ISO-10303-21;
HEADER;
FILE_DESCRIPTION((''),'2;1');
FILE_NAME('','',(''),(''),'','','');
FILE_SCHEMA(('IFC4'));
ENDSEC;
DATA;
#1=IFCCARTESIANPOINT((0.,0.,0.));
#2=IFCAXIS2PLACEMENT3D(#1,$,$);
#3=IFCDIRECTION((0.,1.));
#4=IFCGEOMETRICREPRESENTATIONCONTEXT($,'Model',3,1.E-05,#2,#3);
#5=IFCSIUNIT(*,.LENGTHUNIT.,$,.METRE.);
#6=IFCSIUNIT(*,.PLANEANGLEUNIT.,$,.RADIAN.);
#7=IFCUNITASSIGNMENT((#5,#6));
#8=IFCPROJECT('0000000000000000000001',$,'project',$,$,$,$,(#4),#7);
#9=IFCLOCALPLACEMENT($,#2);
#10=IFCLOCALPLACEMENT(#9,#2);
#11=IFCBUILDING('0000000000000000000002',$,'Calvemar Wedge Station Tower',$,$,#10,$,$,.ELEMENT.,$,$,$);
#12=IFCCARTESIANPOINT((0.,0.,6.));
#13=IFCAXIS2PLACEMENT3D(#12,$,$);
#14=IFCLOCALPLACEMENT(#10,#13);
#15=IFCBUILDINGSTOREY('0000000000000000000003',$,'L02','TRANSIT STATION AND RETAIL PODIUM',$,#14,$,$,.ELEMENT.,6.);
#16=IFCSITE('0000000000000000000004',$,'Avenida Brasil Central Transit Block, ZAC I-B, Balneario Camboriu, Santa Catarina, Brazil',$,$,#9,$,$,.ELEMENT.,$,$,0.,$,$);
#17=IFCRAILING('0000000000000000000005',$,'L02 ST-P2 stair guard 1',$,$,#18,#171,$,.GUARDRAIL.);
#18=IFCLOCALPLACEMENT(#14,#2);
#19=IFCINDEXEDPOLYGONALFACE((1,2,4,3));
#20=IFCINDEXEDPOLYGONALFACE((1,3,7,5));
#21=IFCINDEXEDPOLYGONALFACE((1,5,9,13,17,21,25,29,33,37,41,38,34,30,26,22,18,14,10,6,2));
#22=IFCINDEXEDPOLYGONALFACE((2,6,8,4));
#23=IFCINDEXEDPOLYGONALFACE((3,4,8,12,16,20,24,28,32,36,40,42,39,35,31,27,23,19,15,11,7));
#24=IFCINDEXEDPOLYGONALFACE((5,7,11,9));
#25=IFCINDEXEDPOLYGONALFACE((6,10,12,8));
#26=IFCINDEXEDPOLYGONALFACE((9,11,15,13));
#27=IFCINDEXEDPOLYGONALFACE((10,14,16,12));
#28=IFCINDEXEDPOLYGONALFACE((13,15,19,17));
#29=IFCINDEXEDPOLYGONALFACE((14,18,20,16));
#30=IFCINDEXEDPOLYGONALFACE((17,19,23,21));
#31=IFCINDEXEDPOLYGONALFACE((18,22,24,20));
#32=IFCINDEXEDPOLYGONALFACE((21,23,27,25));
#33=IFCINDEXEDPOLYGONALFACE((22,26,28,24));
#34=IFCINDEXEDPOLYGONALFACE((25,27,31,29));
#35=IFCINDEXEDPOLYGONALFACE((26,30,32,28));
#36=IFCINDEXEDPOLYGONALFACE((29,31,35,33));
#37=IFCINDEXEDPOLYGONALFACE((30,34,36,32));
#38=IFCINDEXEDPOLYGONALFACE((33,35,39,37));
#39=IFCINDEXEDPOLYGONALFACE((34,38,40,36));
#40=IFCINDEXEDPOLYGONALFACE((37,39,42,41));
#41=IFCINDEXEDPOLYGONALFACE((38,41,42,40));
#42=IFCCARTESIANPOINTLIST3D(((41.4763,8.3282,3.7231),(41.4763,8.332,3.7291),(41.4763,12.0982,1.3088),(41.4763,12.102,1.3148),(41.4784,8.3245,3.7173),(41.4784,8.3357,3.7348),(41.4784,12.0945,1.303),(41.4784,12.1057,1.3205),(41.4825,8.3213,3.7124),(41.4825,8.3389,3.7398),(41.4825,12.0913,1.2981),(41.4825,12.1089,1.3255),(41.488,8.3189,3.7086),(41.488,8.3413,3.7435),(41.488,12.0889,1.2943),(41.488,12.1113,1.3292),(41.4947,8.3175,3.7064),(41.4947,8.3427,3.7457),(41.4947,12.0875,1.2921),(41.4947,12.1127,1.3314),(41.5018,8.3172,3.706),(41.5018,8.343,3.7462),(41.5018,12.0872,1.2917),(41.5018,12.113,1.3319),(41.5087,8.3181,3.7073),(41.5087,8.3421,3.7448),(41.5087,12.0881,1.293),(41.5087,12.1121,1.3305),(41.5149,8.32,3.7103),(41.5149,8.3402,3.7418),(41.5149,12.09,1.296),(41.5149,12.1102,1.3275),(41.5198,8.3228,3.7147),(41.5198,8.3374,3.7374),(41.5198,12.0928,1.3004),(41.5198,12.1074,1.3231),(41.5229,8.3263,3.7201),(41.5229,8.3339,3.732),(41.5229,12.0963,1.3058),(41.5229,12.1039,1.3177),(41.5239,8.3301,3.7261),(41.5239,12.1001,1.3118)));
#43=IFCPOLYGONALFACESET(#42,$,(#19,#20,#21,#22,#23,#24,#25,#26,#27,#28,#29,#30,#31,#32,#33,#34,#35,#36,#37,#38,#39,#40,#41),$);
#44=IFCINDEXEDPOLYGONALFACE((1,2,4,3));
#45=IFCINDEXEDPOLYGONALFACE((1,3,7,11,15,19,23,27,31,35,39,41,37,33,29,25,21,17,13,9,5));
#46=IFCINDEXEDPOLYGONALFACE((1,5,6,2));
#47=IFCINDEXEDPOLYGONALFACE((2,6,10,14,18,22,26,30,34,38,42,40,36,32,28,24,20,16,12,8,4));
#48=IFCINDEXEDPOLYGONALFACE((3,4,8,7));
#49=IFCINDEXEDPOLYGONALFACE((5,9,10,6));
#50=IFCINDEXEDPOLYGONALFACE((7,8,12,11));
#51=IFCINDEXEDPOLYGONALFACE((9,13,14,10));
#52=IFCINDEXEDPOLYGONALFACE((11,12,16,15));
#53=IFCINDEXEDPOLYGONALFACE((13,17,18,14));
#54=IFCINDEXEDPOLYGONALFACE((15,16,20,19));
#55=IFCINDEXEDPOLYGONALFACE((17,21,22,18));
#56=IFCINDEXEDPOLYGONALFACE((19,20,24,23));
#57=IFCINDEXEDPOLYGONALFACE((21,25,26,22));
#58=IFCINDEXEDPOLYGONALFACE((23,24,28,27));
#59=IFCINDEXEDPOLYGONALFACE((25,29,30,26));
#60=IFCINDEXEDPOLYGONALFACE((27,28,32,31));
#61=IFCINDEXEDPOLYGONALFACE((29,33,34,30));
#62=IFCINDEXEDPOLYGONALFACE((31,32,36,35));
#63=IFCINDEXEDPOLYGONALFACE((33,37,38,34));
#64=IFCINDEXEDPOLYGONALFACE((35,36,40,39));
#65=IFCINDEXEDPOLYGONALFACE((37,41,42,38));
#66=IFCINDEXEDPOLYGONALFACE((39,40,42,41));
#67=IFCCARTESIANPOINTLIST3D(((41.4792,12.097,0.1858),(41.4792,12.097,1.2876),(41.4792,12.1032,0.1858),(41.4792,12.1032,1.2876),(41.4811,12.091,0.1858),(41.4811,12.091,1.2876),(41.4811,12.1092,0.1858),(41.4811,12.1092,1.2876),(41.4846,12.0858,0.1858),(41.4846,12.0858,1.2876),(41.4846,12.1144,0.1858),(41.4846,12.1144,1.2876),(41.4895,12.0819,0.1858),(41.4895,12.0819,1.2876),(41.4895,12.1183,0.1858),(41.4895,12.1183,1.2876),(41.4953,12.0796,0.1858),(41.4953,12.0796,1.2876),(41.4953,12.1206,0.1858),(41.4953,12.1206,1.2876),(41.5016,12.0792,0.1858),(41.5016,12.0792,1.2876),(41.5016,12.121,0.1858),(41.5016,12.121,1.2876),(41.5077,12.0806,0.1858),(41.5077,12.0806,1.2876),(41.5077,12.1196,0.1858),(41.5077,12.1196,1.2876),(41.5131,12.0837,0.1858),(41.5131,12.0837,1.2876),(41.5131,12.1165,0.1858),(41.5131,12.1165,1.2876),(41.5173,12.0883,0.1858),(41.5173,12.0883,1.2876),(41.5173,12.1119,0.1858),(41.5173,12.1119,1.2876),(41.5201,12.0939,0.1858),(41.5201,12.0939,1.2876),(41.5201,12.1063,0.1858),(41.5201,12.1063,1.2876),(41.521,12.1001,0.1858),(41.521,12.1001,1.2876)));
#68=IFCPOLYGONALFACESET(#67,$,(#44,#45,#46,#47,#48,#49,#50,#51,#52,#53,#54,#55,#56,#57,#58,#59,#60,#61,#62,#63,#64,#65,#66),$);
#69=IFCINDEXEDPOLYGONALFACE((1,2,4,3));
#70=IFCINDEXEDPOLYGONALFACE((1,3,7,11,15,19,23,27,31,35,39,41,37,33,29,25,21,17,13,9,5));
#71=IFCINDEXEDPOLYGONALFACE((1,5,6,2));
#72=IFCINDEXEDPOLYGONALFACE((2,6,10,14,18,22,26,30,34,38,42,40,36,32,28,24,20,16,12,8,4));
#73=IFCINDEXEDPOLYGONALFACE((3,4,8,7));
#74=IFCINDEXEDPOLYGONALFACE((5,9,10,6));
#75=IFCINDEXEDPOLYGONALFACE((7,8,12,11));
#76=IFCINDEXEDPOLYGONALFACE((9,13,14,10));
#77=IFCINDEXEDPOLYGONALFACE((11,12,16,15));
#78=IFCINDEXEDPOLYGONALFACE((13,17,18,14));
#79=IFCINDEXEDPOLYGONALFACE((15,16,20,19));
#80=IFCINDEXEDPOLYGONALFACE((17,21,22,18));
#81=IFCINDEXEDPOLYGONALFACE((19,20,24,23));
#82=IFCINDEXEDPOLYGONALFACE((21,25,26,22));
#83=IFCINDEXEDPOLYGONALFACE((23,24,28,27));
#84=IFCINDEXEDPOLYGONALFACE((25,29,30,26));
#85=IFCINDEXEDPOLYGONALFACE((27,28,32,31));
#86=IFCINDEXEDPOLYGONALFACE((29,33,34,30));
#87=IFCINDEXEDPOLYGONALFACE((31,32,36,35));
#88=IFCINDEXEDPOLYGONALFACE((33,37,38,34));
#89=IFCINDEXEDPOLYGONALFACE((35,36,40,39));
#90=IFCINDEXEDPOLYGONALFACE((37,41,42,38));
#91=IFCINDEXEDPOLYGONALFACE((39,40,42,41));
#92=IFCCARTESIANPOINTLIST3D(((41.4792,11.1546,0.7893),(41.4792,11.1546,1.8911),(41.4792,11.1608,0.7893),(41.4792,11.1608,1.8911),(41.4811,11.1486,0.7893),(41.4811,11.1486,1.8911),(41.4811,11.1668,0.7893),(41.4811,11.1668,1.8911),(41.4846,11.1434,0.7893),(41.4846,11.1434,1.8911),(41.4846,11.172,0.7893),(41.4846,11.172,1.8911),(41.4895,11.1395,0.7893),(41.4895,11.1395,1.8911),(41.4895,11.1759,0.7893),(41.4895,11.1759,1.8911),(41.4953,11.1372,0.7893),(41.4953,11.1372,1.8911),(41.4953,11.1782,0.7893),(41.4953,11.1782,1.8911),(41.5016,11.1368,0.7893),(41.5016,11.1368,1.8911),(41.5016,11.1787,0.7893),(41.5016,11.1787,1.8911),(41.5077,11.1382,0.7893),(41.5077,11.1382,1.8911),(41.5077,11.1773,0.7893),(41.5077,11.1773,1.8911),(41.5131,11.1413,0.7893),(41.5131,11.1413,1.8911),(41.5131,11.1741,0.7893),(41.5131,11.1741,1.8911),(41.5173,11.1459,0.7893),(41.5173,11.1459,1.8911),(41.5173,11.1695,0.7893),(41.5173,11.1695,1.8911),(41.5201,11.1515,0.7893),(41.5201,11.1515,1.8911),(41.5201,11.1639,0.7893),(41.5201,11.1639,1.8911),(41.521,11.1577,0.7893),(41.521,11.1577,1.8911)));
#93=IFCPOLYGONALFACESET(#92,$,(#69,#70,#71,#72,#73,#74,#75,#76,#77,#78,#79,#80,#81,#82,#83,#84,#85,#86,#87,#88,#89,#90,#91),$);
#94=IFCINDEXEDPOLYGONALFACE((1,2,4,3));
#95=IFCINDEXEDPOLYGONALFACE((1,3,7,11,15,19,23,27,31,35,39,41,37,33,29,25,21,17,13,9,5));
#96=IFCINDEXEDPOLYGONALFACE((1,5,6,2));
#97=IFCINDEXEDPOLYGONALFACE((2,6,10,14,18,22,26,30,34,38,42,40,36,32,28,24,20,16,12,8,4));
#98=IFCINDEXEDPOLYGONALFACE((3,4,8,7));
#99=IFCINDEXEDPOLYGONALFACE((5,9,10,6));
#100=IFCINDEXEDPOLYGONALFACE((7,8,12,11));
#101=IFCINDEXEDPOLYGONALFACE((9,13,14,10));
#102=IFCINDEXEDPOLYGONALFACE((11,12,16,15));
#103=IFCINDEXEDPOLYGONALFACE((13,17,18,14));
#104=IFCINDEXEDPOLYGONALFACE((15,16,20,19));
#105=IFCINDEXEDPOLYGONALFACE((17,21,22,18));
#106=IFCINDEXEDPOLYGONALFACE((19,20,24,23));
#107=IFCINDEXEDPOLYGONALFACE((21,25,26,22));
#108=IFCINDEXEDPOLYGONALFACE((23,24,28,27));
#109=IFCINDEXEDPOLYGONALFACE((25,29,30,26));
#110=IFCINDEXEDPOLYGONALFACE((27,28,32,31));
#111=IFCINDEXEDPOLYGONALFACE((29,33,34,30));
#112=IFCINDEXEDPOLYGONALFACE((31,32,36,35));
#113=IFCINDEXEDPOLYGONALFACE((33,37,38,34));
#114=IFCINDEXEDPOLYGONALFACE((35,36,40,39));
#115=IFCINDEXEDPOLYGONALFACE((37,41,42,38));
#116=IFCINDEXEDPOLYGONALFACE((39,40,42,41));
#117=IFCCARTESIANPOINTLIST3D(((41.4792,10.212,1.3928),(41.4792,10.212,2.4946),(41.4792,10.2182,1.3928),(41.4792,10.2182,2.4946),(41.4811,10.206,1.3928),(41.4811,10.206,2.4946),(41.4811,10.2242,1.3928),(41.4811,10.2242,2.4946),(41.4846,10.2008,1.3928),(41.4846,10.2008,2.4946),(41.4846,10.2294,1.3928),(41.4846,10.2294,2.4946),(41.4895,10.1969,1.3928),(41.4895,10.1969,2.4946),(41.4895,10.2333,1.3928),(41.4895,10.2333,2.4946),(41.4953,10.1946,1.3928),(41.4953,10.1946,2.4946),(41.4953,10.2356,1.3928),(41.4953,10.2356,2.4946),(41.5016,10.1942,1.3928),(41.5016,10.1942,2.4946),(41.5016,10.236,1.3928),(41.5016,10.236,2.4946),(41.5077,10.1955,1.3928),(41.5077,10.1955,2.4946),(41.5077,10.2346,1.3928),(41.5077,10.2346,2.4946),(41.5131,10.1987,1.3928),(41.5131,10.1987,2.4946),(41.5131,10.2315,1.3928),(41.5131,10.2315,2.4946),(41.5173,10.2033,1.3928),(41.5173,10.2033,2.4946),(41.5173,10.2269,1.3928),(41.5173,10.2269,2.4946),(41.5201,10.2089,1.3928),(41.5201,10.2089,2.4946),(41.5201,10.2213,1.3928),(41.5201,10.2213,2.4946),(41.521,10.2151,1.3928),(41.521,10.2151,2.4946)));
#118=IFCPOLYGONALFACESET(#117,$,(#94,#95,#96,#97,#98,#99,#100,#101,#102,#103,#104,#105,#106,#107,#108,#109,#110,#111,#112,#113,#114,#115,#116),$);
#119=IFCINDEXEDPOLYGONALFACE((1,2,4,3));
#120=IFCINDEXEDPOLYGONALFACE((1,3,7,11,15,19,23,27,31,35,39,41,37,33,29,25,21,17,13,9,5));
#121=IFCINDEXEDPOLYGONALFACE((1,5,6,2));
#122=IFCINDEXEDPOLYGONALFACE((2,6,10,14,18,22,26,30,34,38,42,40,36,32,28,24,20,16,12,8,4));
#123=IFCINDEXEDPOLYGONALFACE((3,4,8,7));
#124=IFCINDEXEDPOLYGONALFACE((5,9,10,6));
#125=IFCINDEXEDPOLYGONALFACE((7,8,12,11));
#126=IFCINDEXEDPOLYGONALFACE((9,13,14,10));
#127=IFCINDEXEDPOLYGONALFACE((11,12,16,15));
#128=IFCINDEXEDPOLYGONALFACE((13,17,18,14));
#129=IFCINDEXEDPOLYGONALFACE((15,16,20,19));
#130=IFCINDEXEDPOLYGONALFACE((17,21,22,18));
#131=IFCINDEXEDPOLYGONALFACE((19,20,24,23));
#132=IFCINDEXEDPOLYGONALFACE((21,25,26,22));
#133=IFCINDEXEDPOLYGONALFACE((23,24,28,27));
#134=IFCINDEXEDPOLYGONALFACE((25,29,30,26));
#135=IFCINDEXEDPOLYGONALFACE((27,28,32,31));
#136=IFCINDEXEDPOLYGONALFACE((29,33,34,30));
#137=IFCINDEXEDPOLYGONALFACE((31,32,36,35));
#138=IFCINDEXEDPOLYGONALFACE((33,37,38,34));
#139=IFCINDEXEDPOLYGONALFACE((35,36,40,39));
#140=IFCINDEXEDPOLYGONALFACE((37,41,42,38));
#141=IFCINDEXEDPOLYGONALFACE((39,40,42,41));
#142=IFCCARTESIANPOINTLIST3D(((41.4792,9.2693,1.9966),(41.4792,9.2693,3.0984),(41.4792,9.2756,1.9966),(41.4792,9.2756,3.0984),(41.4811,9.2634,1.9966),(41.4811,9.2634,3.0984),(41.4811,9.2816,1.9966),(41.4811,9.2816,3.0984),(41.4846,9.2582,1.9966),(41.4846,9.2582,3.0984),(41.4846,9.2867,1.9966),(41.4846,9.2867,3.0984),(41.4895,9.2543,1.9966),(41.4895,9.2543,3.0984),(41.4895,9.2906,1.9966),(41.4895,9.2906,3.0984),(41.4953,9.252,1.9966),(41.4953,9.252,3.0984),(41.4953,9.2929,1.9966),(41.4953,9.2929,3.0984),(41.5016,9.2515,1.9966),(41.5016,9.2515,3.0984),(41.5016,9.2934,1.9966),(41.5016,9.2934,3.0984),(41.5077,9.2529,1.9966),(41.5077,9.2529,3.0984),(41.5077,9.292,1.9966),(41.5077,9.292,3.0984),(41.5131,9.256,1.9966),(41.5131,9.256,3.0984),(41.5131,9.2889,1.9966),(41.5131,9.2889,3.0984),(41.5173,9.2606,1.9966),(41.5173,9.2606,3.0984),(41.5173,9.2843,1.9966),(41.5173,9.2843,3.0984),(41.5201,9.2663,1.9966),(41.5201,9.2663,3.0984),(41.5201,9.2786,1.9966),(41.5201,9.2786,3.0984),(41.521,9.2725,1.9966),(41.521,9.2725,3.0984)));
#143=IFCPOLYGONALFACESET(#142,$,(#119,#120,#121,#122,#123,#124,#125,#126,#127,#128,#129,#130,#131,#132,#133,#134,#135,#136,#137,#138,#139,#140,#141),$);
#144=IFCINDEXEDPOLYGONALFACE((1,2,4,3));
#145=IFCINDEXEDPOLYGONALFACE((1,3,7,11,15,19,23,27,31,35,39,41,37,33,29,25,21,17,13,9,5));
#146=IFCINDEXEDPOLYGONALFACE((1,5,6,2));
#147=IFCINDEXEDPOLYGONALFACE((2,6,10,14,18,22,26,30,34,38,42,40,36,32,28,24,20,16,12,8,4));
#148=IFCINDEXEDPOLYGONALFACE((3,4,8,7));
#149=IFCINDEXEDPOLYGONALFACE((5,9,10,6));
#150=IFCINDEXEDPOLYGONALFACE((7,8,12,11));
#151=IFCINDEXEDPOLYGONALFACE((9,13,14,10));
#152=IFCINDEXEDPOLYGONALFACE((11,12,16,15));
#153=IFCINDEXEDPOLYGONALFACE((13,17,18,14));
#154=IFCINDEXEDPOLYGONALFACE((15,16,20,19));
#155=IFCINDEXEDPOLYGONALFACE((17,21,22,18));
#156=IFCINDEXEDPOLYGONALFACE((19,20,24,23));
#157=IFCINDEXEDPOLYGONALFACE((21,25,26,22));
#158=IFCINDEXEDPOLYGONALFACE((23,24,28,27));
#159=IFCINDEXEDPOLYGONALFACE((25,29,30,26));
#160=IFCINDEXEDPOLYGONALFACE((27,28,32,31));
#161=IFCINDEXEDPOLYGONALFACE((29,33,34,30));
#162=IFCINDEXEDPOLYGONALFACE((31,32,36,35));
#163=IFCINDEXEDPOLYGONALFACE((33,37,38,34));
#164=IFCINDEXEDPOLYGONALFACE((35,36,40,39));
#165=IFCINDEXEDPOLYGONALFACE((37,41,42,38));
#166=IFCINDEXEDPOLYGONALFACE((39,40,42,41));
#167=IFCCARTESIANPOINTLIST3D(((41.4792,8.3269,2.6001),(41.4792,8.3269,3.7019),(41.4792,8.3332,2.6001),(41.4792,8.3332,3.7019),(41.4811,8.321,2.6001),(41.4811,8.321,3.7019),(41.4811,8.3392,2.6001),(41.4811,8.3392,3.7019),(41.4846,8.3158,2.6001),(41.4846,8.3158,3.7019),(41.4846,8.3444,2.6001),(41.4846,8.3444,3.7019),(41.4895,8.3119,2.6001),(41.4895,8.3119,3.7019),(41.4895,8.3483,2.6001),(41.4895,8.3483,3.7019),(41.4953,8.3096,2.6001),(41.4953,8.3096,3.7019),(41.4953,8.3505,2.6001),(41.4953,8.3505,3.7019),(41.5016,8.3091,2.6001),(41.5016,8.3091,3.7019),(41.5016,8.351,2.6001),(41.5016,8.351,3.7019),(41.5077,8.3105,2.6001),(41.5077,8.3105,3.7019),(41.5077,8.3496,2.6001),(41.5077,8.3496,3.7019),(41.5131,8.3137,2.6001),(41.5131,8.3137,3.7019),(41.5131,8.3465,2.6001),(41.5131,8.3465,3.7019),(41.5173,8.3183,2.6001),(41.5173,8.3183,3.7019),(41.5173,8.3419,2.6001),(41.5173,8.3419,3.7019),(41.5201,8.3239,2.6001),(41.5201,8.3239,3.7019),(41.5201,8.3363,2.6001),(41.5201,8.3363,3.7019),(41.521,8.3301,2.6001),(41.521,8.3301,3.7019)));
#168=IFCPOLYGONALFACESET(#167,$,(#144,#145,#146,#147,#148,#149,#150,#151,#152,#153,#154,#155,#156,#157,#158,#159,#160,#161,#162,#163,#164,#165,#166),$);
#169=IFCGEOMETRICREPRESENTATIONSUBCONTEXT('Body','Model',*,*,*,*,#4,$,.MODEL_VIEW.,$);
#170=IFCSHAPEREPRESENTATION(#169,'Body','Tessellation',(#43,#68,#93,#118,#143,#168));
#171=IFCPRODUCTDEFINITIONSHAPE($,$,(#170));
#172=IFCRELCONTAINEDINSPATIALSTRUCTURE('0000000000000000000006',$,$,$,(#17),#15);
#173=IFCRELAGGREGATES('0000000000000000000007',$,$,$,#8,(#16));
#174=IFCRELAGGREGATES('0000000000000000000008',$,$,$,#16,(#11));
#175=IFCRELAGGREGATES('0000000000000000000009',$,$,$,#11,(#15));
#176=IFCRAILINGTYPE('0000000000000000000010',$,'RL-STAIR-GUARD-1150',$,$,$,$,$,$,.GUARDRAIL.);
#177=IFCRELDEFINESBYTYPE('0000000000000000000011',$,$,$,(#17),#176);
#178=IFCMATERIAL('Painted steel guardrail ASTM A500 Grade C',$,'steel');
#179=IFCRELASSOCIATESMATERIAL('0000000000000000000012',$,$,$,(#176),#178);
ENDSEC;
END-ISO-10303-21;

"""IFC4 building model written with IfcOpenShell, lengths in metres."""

from ifc_helpers import new_model, si_unit, direction, frame, origin, origin_2d, place, context, subcontext, project, spatial, circle, extrude, material, type_object, element, save


model = new_model("IFC4")

# Units and contexts
model_context = context("Model", 3, precision=1e-05, world=origin(), true_north=direction((0.0, 1.0)))
body_context = subcontext(model_context, "Body", "Model", "MODEL_VIEW")
ifc_project = project(units=[si_unit("LENGTHUNIT", "METRE"), si_unit("PLANEANGLEUNIT", "RADIAN")], contexts=[model_context])

# Site, building, storey
site_placement = place(None, origin())
site = spatial("IfcSite", under=ifc_project, at=site_placement, Name="Avenida Brasil Central Transit Block, ZAC I-B, Balneario Camboriu, Santa Catarina, Brazil", CompositionType="ELEMENT", RefElevation=0.0)
building_placement = place(site_placement, origin())
building = spatial("IfcBuilding", under=site, at=building_placement, Name="Calvemar Wedge Station Tower", CompositionType="ELEMENT")
storey_placement = place(building_placement, frame((0.0, 0.0, 6.0)))
storey = spatial("IfcBuildingStorey", under=building, at=storey_placement, Name="L02", Description="TRANSIT STATION AND RETAIL PODIUM", CompositionType="ELEMENT", Elevation=6.0)

# Railing
ifc_material_1 = material(Name="Painted steel guardrail ASTM A500 Grade C", Category="steel")
railing_type_1 = type_object("IfcRailingType", Name="RL-STAIR-GUARD-1150", PredefinedType="GUARDRAIL", material=ifc_material_1)
railing_1_placement = place(storey_placement, frame((41.5, 12.1001, 0.1858)))
element("IfcRailing", 1, at=railing_1_placement, inside=storey, type_object=railing_type_1, Name="L02 ST-P2 stair guard 1", PredefinedType="GUARDRAIL", context=body_context, shape_type="SweptSolid", body=[
    extrude(circle(Radius=0.0239, at=origin_2d()), frame((0.0, 0.0, 1.126), z_axis=(0.0, -0.84212, 0.53929), x_axis=(1.0, 0.0, 0.0)), (0.0, 0.0, 1.0), 4.4768),
    extrude(circle(Radius=0.021, at=origin_2d()), origin(), (0.0, 0.0, 1.0), 1.1018),
    extrude(circle(Radius=0.021, at=origin_2d()), frame((0.0, -0.9424, 0.6035)), (0.0, 0.0, 1.0), 1.1018),
    extrude(circle(Radius=0.021, at=origin_2d()), frame((0.0, -1.885, 1.207)), (0.0, 0.0, 1.0), 1.1018),
    extrude(circle(Radius=0.021, at=origin_2d()), frame((0.0, -2.8276, 1.8108)), (0.0, 0.0, 1.0), 1.1018),
    extrude(circle(Radius=0.021, at=origin_2d()), frame((0.0, -3.77, 2.4143)), (0.0, 0.0, 1.0), 1.1018),
])

save(model, "model.ifc")
